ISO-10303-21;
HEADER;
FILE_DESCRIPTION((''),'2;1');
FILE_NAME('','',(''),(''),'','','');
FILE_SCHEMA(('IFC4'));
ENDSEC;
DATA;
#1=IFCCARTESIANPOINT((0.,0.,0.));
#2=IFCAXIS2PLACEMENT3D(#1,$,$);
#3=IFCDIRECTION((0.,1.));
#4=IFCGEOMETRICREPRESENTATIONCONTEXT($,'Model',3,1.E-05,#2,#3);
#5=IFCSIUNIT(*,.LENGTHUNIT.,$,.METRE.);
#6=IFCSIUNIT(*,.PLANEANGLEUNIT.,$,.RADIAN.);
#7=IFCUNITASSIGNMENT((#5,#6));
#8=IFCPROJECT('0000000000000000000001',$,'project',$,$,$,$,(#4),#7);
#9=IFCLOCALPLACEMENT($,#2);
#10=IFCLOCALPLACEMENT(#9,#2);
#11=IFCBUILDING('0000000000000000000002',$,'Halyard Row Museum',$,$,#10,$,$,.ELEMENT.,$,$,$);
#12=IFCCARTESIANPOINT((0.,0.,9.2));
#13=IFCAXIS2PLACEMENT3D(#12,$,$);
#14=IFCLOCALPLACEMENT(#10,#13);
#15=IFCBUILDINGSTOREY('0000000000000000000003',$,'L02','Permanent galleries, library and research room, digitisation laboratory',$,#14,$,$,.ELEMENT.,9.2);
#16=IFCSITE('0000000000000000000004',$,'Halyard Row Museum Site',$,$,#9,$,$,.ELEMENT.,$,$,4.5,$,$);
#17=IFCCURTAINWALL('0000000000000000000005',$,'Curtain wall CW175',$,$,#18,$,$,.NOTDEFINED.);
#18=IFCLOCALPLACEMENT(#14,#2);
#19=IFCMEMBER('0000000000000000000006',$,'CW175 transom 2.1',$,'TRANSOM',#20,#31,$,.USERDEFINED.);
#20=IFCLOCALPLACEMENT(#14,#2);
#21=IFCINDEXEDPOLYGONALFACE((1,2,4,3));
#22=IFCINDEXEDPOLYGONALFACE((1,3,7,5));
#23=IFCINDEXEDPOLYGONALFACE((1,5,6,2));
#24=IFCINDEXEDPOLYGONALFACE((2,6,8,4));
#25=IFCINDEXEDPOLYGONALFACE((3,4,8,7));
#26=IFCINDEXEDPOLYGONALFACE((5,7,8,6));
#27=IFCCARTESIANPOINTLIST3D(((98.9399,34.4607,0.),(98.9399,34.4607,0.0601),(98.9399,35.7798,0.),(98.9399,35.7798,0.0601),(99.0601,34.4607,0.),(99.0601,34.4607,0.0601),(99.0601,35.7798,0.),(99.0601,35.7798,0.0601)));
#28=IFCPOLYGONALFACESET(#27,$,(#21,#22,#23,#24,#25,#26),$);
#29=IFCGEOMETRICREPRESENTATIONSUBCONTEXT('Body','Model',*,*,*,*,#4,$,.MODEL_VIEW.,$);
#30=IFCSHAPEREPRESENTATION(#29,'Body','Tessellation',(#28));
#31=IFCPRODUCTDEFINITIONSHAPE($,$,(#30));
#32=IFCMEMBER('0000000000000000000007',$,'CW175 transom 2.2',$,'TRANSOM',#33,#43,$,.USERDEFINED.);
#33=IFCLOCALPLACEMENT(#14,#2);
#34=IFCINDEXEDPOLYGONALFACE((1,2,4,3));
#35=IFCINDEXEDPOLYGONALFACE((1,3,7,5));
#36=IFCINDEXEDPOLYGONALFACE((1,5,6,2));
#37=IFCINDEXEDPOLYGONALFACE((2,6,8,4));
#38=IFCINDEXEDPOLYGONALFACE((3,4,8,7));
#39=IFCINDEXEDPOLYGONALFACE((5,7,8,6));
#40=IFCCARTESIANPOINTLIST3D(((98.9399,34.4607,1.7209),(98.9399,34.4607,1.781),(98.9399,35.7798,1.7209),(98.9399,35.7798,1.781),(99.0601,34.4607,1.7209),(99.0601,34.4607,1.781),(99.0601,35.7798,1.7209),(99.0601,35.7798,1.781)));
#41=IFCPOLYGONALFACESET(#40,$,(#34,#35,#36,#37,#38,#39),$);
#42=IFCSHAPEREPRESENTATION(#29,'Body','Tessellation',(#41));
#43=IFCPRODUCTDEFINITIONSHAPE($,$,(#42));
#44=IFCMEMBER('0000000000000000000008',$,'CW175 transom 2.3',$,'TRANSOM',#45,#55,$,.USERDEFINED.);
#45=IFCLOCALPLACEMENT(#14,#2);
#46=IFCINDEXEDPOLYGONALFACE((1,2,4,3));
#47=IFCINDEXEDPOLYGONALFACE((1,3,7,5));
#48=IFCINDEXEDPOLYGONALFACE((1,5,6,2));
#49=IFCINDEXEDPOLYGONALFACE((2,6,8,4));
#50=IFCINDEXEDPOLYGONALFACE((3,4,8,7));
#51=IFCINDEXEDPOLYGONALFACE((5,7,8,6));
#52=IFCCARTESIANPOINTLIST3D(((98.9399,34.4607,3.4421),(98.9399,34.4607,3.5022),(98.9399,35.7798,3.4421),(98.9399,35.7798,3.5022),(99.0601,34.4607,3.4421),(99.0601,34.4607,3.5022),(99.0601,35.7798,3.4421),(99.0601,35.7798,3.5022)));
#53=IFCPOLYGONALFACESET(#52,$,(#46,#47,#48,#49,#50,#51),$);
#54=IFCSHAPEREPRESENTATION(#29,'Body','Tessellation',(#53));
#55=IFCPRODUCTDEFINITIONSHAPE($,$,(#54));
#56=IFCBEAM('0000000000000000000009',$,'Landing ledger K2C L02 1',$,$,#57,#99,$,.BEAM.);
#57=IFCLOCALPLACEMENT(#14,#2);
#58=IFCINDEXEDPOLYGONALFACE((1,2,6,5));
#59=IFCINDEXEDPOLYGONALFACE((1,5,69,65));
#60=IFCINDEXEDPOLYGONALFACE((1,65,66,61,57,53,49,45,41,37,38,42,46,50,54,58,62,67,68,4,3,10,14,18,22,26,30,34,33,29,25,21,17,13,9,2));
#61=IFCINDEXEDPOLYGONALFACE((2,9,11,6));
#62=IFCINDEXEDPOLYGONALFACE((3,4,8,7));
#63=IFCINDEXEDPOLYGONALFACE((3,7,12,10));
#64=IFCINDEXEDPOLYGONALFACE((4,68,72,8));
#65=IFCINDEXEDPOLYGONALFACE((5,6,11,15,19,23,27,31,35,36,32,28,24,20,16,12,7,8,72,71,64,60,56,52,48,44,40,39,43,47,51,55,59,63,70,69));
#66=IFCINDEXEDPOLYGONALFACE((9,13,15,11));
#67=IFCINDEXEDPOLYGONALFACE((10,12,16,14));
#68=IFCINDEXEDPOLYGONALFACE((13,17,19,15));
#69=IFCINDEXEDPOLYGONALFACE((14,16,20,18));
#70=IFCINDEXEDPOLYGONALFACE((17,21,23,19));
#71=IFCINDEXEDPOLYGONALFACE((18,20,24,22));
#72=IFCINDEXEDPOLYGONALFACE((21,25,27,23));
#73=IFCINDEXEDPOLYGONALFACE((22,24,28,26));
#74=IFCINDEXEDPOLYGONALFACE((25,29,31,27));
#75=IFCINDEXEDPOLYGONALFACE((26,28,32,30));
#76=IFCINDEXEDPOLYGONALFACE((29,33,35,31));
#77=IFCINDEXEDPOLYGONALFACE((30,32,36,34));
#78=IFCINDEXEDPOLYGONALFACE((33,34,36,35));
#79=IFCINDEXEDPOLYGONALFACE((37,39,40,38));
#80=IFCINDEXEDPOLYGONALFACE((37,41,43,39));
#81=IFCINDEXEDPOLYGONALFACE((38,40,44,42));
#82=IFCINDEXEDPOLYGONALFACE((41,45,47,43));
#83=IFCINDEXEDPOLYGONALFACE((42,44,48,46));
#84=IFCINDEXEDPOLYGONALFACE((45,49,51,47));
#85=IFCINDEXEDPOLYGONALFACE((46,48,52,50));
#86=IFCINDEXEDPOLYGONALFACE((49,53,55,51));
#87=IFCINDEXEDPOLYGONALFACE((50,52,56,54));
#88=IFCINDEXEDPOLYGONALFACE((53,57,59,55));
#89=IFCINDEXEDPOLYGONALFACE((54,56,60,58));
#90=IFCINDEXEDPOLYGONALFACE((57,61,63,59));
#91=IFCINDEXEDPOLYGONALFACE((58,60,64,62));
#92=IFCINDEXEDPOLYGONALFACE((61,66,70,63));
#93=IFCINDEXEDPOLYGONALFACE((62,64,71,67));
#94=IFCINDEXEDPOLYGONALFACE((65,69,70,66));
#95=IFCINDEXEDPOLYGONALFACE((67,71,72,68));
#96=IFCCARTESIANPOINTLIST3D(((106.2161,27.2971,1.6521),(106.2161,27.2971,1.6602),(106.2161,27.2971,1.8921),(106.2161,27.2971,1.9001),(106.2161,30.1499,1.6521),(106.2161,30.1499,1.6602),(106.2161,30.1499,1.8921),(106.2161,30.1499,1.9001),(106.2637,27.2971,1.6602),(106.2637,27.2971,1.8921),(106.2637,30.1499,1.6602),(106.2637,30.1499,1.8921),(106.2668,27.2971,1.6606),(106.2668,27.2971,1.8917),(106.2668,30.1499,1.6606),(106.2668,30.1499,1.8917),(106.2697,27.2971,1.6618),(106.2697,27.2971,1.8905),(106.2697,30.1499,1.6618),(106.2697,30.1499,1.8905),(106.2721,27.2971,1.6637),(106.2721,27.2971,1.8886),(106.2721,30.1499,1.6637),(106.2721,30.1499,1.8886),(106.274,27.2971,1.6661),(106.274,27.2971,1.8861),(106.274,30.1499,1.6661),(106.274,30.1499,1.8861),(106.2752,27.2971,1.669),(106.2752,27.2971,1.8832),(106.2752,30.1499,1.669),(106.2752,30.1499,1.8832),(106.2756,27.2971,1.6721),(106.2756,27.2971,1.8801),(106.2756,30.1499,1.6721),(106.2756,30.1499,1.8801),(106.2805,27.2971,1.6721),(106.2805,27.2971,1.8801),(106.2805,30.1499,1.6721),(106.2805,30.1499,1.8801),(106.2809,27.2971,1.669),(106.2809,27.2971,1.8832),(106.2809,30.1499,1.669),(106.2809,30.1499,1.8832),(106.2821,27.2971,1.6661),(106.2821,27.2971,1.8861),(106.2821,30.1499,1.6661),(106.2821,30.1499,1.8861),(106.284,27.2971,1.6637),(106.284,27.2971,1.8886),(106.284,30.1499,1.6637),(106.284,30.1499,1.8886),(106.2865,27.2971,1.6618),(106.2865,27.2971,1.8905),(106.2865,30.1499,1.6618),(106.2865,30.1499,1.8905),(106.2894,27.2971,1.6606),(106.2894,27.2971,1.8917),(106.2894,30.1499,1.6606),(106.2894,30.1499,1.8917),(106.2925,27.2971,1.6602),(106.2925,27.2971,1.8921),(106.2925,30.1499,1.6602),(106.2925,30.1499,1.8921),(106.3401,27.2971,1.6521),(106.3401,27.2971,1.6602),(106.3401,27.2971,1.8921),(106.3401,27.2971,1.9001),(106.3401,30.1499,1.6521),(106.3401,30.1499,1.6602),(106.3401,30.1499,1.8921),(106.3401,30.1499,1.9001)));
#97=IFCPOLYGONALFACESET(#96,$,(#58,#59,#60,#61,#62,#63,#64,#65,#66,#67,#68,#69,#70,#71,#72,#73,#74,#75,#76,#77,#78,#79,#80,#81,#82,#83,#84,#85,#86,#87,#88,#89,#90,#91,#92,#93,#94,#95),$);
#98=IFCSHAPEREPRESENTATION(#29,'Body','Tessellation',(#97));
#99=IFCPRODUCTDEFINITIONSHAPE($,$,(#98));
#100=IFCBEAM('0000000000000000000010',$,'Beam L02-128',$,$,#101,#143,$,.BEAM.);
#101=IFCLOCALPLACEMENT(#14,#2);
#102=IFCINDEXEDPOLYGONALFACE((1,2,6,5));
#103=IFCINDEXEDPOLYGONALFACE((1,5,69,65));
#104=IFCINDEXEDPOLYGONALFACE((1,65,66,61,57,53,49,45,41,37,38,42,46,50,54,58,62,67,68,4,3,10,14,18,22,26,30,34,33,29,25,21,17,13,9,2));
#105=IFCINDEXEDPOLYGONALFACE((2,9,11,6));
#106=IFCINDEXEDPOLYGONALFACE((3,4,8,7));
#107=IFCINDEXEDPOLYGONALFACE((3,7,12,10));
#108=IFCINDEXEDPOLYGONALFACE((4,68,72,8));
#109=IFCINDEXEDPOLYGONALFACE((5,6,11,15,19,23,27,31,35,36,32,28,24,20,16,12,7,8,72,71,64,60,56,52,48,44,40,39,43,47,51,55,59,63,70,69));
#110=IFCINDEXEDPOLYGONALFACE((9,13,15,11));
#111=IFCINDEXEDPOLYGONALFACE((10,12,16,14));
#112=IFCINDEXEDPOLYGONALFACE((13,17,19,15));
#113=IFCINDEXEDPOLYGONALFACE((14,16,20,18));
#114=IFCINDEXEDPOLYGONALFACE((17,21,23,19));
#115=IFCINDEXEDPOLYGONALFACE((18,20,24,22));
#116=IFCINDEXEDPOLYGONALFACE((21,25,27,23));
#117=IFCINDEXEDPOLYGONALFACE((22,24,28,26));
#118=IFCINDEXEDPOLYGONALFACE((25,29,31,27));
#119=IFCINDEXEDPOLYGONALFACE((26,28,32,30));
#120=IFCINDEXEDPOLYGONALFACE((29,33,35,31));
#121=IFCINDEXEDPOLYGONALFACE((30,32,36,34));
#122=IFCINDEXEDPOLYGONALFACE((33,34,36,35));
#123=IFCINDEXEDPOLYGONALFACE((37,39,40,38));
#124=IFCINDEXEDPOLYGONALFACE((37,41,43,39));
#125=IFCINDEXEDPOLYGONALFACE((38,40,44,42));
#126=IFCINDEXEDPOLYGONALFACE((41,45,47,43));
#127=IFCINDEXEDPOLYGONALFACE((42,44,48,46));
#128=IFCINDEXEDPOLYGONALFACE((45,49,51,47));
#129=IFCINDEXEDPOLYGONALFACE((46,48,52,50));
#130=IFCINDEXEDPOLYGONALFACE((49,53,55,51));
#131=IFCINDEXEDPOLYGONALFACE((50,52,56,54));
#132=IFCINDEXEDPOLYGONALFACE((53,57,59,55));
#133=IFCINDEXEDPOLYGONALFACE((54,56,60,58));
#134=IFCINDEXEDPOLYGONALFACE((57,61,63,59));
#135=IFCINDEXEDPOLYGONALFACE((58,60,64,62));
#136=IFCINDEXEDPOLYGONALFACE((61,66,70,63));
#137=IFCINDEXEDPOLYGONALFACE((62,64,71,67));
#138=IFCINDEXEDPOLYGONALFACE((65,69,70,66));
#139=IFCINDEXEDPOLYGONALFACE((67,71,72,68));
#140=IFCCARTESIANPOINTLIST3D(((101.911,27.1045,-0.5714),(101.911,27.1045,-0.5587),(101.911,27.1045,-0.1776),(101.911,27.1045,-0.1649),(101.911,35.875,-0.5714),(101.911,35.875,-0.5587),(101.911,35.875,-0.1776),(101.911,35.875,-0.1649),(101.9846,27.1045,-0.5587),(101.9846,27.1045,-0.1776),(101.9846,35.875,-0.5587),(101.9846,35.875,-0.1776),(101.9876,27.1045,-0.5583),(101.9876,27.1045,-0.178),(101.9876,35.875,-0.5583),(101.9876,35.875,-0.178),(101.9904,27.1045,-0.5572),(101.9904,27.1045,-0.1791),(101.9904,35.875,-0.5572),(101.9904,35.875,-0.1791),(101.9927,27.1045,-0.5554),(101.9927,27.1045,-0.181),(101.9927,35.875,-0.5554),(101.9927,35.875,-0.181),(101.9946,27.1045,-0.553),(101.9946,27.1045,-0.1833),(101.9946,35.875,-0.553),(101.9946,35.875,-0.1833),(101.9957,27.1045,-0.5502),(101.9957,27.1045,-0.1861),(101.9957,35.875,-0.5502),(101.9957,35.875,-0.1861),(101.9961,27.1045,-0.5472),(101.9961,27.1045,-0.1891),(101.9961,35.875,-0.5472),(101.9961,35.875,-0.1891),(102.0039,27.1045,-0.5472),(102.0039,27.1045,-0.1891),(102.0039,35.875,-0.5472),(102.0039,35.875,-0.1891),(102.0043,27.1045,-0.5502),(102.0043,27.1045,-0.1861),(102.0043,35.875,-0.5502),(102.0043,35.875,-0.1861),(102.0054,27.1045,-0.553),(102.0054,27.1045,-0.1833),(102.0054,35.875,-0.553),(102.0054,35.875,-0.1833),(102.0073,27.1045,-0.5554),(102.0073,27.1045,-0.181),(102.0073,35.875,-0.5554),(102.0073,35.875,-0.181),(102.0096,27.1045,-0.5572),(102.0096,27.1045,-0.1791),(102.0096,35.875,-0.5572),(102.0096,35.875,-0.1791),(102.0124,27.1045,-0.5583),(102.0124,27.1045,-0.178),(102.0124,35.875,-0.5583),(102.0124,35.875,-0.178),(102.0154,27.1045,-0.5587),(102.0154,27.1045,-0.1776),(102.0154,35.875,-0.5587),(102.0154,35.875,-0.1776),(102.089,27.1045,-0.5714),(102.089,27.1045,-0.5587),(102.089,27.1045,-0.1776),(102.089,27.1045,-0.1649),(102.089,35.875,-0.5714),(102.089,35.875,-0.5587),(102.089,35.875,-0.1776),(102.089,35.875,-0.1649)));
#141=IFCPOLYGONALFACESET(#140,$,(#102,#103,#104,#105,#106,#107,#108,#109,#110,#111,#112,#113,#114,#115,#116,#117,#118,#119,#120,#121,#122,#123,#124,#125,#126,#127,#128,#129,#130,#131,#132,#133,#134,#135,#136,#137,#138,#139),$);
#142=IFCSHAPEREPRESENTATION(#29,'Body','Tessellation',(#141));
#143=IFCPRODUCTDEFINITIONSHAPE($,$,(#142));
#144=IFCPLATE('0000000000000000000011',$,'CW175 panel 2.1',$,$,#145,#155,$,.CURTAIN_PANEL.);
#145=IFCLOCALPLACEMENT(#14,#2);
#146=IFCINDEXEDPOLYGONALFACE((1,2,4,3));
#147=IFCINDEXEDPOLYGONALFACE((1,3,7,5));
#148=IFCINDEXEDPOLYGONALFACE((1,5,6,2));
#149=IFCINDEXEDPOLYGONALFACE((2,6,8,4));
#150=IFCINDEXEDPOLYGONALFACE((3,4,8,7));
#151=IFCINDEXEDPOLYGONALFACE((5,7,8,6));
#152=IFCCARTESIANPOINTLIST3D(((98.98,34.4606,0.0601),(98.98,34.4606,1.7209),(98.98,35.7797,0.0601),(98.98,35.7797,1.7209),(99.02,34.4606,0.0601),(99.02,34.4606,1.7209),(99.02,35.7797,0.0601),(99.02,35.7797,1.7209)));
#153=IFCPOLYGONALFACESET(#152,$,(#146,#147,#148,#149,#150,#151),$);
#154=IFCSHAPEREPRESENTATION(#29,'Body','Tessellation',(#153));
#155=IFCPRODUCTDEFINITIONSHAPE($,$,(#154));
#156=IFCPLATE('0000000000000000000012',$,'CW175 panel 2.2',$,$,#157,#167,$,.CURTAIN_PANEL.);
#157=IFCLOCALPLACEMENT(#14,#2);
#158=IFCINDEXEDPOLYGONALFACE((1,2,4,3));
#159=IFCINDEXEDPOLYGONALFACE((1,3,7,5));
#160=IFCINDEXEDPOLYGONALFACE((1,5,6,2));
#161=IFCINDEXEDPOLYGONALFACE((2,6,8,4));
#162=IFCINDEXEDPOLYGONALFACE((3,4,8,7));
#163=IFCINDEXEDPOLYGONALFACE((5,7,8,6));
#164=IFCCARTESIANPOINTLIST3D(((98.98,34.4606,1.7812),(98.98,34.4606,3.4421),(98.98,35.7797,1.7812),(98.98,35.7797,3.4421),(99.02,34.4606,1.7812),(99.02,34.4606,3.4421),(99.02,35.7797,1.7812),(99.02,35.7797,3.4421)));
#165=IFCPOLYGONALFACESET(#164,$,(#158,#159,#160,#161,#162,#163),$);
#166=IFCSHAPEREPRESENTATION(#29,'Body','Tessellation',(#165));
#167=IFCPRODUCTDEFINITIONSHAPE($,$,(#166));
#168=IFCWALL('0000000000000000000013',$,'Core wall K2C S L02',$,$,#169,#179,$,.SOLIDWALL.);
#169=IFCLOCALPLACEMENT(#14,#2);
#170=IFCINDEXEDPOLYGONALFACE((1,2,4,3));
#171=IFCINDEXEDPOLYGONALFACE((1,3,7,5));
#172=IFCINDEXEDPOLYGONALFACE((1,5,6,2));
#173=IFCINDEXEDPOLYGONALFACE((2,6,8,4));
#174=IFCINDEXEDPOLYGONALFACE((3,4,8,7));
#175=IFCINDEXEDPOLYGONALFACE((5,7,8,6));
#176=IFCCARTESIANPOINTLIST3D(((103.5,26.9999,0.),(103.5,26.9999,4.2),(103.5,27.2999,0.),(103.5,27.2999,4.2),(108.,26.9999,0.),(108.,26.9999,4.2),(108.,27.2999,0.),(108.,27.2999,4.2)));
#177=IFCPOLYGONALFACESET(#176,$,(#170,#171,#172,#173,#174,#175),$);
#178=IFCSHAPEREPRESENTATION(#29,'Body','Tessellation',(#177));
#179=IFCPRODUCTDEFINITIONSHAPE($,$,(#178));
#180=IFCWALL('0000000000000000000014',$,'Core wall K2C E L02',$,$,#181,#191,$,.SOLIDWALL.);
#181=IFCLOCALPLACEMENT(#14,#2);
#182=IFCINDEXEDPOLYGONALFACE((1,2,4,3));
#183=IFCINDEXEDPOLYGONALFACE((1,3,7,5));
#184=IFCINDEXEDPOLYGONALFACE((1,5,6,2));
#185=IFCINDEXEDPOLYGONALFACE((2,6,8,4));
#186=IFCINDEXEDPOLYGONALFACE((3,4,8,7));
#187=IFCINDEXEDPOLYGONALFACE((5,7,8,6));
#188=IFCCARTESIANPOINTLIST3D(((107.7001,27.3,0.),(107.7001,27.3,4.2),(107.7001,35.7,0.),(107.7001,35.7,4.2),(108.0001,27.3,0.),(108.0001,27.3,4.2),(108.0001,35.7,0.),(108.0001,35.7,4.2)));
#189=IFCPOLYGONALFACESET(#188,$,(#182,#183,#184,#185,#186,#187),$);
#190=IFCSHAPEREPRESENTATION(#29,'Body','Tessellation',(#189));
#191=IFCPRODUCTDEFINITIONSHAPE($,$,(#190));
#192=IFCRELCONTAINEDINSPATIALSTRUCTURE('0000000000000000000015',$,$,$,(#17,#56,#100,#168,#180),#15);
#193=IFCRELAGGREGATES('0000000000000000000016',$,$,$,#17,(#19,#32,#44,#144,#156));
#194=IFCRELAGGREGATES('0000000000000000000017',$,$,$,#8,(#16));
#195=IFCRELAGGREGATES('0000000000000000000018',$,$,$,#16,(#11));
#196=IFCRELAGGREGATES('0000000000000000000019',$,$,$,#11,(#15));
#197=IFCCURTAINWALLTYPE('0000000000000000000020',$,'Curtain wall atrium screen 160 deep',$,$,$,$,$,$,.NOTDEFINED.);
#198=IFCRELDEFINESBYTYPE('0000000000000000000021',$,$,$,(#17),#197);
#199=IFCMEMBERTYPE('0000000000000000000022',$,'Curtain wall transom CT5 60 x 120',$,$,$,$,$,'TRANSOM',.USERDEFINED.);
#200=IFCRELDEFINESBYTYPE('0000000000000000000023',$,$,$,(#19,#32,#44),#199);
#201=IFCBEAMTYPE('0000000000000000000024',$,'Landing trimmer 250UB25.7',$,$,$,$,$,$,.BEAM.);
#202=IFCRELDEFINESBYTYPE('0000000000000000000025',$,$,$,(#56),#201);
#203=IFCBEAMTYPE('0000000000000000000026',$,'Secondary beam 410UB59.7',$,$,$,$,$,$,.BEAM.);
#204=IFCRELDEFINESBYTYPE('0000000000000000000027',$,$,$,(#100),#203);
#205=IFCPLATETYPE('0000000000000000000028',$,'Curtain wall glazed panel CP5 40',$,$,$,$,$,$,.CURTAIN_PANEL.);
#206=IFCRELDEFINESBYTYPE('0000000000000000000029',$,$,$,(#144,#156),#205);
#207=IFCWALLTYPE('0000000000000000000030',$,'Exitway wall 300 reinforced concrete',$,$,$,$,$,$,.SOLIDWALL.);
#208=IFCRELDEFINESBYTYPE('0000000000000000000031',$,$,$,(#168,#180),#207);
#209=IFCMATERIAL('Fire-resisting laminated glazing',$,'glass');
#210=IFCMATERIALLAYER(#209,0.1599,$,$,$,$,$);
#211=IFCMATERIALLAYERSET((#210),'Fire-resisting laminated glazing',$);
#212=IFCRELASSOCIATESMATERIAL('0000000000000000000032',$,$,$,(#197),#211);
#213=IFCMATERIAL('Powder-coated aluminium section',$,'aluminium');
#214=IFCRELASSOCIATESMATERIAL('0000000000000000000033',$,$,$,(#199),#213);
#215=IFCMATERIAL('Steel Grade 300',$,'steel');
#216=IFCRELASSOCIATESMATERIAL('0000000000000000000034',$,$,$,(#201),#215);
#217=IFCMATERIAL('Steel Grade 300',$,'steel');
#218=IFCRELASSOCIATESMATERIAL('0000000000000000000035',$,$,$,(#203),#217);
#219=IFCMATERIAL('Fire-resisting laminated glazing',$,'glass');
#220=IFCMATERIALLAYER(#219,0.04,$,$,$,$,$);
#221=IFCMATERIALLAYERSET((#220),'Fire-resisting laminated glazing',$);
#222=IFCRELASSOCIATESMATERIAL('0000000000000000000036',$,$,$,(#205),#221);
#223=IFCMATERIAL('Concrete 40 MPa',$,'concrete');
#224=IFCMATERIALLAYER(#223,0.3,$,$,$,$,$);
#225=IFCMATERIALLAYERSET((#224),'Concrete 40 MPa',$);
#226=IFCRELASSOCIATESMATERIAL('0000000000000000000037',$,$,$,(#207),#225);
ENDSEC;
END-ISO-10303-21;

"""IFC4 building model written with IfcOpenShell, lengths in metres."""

from ifc_helpers import new_model, si_unit, direction, frame, frame_2d, origin, origin_2d, place, context, subcontext, project, spatial, rectangle, i_section, extrude, material, layer, layer_set, material_profile, profile_set, type_object, element, aggregate, save


model = new_model("IFC4")

# Units and contexts
model_context = context("Model", 3, precision=1e-05, world=origin(), true_north=direction((0.0, 1.0)))
body_context = subcontext(model_context, "Body", "Model", "MODEL_VIEW")
ifc_project = project(units=[si_unit("LENGTHUNIT", "METRE"), si_unit("PLANEANGLEUNIT", "RADIAN")], contexts=[model_context])

# Site, building, storey
site_placement = place(None, origin())
site = spatial("IfcSite", under=ifc_project, at=site_placement, Name="Halyard Row Museum Site", CompositionType="ELEMENT", RefElevation=4.5)
building_placement = place(site_placement, origin())
building = spatial("IfcBuilding", under=site, at=building_placement, Name="Halyard Row Museum", CompositionType="ELEMENT")
storey_placement = place(building_placement, frame((0.0, 0.0, 9.2)))
storey = spatial("IfcBuildingStorey", under=building, at=storey_placement, Name="L02", Description="Permanent galleries, library and research room, digitisation laboratory", CompositionType="ELEMENT", Elevation=9.2)

# Curtain wall, members
ifc_material_1 = material(Name="Fire-resisting laminated glazing", Category="glass")
ifc_layer_1 = layer(ifc_material_1, 0.1599)
ifc_layer_set_1 = layer_set([ifc_layer_1], Name="Fire-resisting laminated glazing")
curtain_wall_type = type_object("IfcCurtainWallType", Name="Curtain wall atrium screen 160 deep", PredefinedType="NOTDEFINED", material=ifc_layer_set_1)
curtain_wall_placement = place(storey_placement, origin())
curtain_wall = element("IfcCurtainWall", 1, at=curtain_wall_placement, inside=storey, type_object=curtain_wall_type, Name="Curtain wall CW175", PredefinedType="NOTDEFINED")
ifc_material_2 = material(Name="Powder-coated aluminium section", Category="aluminium")
ifc_material_profile_1 = material_profile(ifc_material_2, rectangle(XDim=0.1201, YDim=0.0601, at=origin_2d()), Name="120x60 transom")
ifc_profile_set_1 = profile_set([ifc_material_profile_1], Name="Powder-coated aluminium section")
member_type_1 = type_object("IfcMemberType", Name="Curtain wall transom CT5 60 x 120", ElementType="TRANSOM", PredefinedType="USERDEFINED", material=ifc_profile_set_1)
member_1_placement = place(storey_placement, frame((99.0, 34.4607, 0.03), z_axis=(0.0, 1.0, 0.0), x_axis=(-1.0, 0.0, 0.0)))
member_1 = element("IfcMember", 2, at=member_1_placement, type_object=member_type_1, Name="CW175 transom 2.1", ObjectType="TRANSOM", PredefinedType="USERDEFINED", context=body_context, shape_type="SweptSolid", body=[
    extrude(rectangle(XDim=0.1201, YDim=0.0601, at=origin_2d()), origin(), (0.0, 0.0, 1.0), 1.3191),
])
member_2_placement = place(storey_placement, frame((99.0, 34.4607, 1.751), z_axis=(0.0, 1.0, 0.0), x_axis=(-1.0, 0.0, 0.0)))
member_2 = element("IfcMember", 3, at=member_2_placement, type_object=member_type_1, Name="CW175 transom 2.2", ObjectType="TRANSOM", PredefinedType="USERDEFINED", context=body_context, shape_type="SweptSolid", body=[
    extrude(rectangle(XDim=0.1201, YDim=0.0601, at=origin_2d()), origin(), (0.0, 0.0, 1.0), 1.3191),
])
member_3_placement = place(storey_placement, frame((99.0, 34.4607, 3.4722), z_axis=(0.0, 1.0, 0.0), x_axis=(-1.0, 0.0, 0.0)))
member_3 = element("IfcMember", 4, at=member_3_placement, type_object=member_type_1, Name="CW175 transom 2.3", ObjectType="TRANSOM", PredefinedType="USERDEFINED", context=body_context, shape_type="SweptSolid", body=[
    extrude(rectangle(XDim=0.1201, YDim=0.0601, at=origin_2d()), origin(), (0.0, 0.0, 1.0), 1.3191),
])

# Beams
ifc_material_3 = material(Name="Steel Grade 300", Category="steel")
ifc_material_profile_2 = material_profile(ifc_material_3, i_section(OverallWidth=0.124, OverallDepth=0.248, WebThickness=0.0049, FlangeThickness=0.0081, FilletRadius=0.012, at=origin_2d()), Name="250UB25.7")
ifc_profile_set_2 = profile_set([ifc_material_profile_2], Name="Steel Grade 300")
beam_type_1 = type_object("IfcBeamType", Name="Landing trimmer 250UB25.7", PredefinedType="BEAM", material=ifc_profile_set_2)
beam_1_placement = place(storey_placement, frame((106.2781, 27.2971, 1.7761), z_axis=(0.0, 1.0, 0.0), x_axis=(-1.0, 0.0, 0.0)))
element("IfcBeam", 5, at=beam_1_placement, inside=storey, type_object=beam_type_1, Name="Landing ledger K2C L02 1", PredefinedType="BEAM", context=body_context, shape_type="SweptSolid", body=[
    extrude(i_section(OverallWidth=0.124, OverallDepth=0.248, WebThickness=0.0049, FlangeThickness=0.0081, FilletRadius=0.012, at=origin_2d()), origin(), (0.0, 0.0, 1.0), 2.8528),
])
ifc_material_4 = material(Name="Steel Grade 300", Category="steel")
ifc_material_profile_3 = material_profile(ifc_material_4, i_section(OverallWidth=0.178, OverallDepth=0.4065, WebThickness=0.0078, FlangeThickness=0.0127, FilletRadius=0.0115, at=origin_2d()), Name="410UB59.7")
ifc_profile_set_3 = profile_set([ifc_material_profile_3], Name="Steel Grade 300")
beam_type_2 = type_object("IfcBeamType", Name="Secondary beam 410UB59.7", PredefinedType="BEAM", material=ifc_profile_set_3)
beam_2_placement = place(storey_placement, frame((102.0, 27.1045, -0.3682), z_axis=(0.0, 1.0, 0.0), x_axis=(-1.0, 0.0, 0.0)))
element("IfcBeam", 6, at=beam_2_placement, inside=storey, type_object=beam_type_2, Name="Beam L02-128", PredefinedType="BEAM", context=body_context, shape_type="SweptSolid", body=[
    extrude(i_section(OverallWidth=0.178, OverallDepth=0.4065, WebThickness=0.0078, FlangeThickness=0.0127, FilletRadius=0.0115, at=origin_2d()), origin(), (0.0, 0.0, 1.0), 8.7705),
])

# Plates
ifc_material_5 = material(Name="Fire-resisting laminated glazing", Category="glass")
ifc_layer_2 = layer(ifc_material_5, 0.04)
ifc_layer_set_2 = layer_set([ifc_layer_2], Name="Fire-resisting laminated glazing")
plate_type = type_object("IfcPlateType", Name="Curtain wall glazed panel CP5 40", PredefinedType="CURTAIN_PANEL", material=ifc_layer_set_2)
plate_1_placement = place(storey_placement, frame((99.0, 35.1201, 0.0601), z_axis=(0.0, 0.0, 1.0), x_axis=(0.0, 1.0, 0.0)))
plate_1 = element("IfcPlate", 7, at=plate_1_placement, type_object=plate_type, Name="CW175 panel 2.1", PredefinedType="CURTAIN_PANEL", context=body_context, shape_type="SweptSolid", body=[
    extrude(rectangle(XDim=1.3191, YDim=0.04, at=origin_2d()), origin(), (0.0, 0.0, 1.0), 1.6609),
])
plate_2_placement = place(storey_placement, frame((99.0, 35.1201, 1.7812), z_axis=(0.0, 0.0, 1.0), x_axis=(0.0, 1.0, 0.0)))
plate_2 = element("IfcPlate", 8, at=plate_2_placement, type_object=plate_type, Name="CW175 panel 2.2", PredefinedType="CURTAIN_PANEL", context=body_context, shape_type="SweptSolid", body=[
    extrude(rectangle(XDim=1.3191, YDim=0.04, at=origin_2d()), origin(), (0.0, 0.0, 1.0), 1.6609),
])
aggregate(curtain_wall, [member_1, member_2, member_3, plate_1, plate_2])

# Walls
ifc_material_6 = material(Name="Concrete 40 MPa", Category="concrete")
ifc_layer_3 = layer(ifc_material_6, 0.3)
ifc_layer_set_3 = layer_set([ifc_layer_3], Name="Concrete 40 MPa")
wall_type_1 = type_object("IfcWallType", Name="Exitway wall 300 reinforced concrete", PredefinedType="SOLIDWALL", material=ifc_layer_set_3)
wall_1_placement = place(storey_placement, frame((103.5, 27.1499, 0.0), z_axis=(0.0, 0.0, 1.0), x_axis=(1.0, 0.0, 0.0)))
element("IfcWall", 9, at=wall_1_placement, inside=storey, type_object=wall_type_1, Name="Core wall K2C S L02", PredefinedType="SOLIDWALL", context=body_context, shape_type="SweptSolid", body=[
    extrude(rectangle(XDim=4.5, YDim=0.3, at=frame_2d((2.25, 0.0))), origin(), (0.0, 0.0, 1.0), 4.2),
])
wall_2_placement = place(storey_placement, frame((107.8501, 27.3, 0.0), z_axis=(0.0, 0.0, 1.0), x_axis=(0.0, 1.0, 0.0)))
element("IfcWall", 10, at=wall_2_placement, inside=storey, type_object=wall_type_1, Name="Core wall K2C E L02", PredefinedType="SOLIDWALL", context=body_context, shape_type="SweptSolid", body=[
    extrude(rectangle(XDim=8.3999, YDim=0.3, at=frame_2d((4.2, 0.0))), origin(), (0.0, 0.0, 1.0), 4.2),
])

save(model, "model.ifc")
